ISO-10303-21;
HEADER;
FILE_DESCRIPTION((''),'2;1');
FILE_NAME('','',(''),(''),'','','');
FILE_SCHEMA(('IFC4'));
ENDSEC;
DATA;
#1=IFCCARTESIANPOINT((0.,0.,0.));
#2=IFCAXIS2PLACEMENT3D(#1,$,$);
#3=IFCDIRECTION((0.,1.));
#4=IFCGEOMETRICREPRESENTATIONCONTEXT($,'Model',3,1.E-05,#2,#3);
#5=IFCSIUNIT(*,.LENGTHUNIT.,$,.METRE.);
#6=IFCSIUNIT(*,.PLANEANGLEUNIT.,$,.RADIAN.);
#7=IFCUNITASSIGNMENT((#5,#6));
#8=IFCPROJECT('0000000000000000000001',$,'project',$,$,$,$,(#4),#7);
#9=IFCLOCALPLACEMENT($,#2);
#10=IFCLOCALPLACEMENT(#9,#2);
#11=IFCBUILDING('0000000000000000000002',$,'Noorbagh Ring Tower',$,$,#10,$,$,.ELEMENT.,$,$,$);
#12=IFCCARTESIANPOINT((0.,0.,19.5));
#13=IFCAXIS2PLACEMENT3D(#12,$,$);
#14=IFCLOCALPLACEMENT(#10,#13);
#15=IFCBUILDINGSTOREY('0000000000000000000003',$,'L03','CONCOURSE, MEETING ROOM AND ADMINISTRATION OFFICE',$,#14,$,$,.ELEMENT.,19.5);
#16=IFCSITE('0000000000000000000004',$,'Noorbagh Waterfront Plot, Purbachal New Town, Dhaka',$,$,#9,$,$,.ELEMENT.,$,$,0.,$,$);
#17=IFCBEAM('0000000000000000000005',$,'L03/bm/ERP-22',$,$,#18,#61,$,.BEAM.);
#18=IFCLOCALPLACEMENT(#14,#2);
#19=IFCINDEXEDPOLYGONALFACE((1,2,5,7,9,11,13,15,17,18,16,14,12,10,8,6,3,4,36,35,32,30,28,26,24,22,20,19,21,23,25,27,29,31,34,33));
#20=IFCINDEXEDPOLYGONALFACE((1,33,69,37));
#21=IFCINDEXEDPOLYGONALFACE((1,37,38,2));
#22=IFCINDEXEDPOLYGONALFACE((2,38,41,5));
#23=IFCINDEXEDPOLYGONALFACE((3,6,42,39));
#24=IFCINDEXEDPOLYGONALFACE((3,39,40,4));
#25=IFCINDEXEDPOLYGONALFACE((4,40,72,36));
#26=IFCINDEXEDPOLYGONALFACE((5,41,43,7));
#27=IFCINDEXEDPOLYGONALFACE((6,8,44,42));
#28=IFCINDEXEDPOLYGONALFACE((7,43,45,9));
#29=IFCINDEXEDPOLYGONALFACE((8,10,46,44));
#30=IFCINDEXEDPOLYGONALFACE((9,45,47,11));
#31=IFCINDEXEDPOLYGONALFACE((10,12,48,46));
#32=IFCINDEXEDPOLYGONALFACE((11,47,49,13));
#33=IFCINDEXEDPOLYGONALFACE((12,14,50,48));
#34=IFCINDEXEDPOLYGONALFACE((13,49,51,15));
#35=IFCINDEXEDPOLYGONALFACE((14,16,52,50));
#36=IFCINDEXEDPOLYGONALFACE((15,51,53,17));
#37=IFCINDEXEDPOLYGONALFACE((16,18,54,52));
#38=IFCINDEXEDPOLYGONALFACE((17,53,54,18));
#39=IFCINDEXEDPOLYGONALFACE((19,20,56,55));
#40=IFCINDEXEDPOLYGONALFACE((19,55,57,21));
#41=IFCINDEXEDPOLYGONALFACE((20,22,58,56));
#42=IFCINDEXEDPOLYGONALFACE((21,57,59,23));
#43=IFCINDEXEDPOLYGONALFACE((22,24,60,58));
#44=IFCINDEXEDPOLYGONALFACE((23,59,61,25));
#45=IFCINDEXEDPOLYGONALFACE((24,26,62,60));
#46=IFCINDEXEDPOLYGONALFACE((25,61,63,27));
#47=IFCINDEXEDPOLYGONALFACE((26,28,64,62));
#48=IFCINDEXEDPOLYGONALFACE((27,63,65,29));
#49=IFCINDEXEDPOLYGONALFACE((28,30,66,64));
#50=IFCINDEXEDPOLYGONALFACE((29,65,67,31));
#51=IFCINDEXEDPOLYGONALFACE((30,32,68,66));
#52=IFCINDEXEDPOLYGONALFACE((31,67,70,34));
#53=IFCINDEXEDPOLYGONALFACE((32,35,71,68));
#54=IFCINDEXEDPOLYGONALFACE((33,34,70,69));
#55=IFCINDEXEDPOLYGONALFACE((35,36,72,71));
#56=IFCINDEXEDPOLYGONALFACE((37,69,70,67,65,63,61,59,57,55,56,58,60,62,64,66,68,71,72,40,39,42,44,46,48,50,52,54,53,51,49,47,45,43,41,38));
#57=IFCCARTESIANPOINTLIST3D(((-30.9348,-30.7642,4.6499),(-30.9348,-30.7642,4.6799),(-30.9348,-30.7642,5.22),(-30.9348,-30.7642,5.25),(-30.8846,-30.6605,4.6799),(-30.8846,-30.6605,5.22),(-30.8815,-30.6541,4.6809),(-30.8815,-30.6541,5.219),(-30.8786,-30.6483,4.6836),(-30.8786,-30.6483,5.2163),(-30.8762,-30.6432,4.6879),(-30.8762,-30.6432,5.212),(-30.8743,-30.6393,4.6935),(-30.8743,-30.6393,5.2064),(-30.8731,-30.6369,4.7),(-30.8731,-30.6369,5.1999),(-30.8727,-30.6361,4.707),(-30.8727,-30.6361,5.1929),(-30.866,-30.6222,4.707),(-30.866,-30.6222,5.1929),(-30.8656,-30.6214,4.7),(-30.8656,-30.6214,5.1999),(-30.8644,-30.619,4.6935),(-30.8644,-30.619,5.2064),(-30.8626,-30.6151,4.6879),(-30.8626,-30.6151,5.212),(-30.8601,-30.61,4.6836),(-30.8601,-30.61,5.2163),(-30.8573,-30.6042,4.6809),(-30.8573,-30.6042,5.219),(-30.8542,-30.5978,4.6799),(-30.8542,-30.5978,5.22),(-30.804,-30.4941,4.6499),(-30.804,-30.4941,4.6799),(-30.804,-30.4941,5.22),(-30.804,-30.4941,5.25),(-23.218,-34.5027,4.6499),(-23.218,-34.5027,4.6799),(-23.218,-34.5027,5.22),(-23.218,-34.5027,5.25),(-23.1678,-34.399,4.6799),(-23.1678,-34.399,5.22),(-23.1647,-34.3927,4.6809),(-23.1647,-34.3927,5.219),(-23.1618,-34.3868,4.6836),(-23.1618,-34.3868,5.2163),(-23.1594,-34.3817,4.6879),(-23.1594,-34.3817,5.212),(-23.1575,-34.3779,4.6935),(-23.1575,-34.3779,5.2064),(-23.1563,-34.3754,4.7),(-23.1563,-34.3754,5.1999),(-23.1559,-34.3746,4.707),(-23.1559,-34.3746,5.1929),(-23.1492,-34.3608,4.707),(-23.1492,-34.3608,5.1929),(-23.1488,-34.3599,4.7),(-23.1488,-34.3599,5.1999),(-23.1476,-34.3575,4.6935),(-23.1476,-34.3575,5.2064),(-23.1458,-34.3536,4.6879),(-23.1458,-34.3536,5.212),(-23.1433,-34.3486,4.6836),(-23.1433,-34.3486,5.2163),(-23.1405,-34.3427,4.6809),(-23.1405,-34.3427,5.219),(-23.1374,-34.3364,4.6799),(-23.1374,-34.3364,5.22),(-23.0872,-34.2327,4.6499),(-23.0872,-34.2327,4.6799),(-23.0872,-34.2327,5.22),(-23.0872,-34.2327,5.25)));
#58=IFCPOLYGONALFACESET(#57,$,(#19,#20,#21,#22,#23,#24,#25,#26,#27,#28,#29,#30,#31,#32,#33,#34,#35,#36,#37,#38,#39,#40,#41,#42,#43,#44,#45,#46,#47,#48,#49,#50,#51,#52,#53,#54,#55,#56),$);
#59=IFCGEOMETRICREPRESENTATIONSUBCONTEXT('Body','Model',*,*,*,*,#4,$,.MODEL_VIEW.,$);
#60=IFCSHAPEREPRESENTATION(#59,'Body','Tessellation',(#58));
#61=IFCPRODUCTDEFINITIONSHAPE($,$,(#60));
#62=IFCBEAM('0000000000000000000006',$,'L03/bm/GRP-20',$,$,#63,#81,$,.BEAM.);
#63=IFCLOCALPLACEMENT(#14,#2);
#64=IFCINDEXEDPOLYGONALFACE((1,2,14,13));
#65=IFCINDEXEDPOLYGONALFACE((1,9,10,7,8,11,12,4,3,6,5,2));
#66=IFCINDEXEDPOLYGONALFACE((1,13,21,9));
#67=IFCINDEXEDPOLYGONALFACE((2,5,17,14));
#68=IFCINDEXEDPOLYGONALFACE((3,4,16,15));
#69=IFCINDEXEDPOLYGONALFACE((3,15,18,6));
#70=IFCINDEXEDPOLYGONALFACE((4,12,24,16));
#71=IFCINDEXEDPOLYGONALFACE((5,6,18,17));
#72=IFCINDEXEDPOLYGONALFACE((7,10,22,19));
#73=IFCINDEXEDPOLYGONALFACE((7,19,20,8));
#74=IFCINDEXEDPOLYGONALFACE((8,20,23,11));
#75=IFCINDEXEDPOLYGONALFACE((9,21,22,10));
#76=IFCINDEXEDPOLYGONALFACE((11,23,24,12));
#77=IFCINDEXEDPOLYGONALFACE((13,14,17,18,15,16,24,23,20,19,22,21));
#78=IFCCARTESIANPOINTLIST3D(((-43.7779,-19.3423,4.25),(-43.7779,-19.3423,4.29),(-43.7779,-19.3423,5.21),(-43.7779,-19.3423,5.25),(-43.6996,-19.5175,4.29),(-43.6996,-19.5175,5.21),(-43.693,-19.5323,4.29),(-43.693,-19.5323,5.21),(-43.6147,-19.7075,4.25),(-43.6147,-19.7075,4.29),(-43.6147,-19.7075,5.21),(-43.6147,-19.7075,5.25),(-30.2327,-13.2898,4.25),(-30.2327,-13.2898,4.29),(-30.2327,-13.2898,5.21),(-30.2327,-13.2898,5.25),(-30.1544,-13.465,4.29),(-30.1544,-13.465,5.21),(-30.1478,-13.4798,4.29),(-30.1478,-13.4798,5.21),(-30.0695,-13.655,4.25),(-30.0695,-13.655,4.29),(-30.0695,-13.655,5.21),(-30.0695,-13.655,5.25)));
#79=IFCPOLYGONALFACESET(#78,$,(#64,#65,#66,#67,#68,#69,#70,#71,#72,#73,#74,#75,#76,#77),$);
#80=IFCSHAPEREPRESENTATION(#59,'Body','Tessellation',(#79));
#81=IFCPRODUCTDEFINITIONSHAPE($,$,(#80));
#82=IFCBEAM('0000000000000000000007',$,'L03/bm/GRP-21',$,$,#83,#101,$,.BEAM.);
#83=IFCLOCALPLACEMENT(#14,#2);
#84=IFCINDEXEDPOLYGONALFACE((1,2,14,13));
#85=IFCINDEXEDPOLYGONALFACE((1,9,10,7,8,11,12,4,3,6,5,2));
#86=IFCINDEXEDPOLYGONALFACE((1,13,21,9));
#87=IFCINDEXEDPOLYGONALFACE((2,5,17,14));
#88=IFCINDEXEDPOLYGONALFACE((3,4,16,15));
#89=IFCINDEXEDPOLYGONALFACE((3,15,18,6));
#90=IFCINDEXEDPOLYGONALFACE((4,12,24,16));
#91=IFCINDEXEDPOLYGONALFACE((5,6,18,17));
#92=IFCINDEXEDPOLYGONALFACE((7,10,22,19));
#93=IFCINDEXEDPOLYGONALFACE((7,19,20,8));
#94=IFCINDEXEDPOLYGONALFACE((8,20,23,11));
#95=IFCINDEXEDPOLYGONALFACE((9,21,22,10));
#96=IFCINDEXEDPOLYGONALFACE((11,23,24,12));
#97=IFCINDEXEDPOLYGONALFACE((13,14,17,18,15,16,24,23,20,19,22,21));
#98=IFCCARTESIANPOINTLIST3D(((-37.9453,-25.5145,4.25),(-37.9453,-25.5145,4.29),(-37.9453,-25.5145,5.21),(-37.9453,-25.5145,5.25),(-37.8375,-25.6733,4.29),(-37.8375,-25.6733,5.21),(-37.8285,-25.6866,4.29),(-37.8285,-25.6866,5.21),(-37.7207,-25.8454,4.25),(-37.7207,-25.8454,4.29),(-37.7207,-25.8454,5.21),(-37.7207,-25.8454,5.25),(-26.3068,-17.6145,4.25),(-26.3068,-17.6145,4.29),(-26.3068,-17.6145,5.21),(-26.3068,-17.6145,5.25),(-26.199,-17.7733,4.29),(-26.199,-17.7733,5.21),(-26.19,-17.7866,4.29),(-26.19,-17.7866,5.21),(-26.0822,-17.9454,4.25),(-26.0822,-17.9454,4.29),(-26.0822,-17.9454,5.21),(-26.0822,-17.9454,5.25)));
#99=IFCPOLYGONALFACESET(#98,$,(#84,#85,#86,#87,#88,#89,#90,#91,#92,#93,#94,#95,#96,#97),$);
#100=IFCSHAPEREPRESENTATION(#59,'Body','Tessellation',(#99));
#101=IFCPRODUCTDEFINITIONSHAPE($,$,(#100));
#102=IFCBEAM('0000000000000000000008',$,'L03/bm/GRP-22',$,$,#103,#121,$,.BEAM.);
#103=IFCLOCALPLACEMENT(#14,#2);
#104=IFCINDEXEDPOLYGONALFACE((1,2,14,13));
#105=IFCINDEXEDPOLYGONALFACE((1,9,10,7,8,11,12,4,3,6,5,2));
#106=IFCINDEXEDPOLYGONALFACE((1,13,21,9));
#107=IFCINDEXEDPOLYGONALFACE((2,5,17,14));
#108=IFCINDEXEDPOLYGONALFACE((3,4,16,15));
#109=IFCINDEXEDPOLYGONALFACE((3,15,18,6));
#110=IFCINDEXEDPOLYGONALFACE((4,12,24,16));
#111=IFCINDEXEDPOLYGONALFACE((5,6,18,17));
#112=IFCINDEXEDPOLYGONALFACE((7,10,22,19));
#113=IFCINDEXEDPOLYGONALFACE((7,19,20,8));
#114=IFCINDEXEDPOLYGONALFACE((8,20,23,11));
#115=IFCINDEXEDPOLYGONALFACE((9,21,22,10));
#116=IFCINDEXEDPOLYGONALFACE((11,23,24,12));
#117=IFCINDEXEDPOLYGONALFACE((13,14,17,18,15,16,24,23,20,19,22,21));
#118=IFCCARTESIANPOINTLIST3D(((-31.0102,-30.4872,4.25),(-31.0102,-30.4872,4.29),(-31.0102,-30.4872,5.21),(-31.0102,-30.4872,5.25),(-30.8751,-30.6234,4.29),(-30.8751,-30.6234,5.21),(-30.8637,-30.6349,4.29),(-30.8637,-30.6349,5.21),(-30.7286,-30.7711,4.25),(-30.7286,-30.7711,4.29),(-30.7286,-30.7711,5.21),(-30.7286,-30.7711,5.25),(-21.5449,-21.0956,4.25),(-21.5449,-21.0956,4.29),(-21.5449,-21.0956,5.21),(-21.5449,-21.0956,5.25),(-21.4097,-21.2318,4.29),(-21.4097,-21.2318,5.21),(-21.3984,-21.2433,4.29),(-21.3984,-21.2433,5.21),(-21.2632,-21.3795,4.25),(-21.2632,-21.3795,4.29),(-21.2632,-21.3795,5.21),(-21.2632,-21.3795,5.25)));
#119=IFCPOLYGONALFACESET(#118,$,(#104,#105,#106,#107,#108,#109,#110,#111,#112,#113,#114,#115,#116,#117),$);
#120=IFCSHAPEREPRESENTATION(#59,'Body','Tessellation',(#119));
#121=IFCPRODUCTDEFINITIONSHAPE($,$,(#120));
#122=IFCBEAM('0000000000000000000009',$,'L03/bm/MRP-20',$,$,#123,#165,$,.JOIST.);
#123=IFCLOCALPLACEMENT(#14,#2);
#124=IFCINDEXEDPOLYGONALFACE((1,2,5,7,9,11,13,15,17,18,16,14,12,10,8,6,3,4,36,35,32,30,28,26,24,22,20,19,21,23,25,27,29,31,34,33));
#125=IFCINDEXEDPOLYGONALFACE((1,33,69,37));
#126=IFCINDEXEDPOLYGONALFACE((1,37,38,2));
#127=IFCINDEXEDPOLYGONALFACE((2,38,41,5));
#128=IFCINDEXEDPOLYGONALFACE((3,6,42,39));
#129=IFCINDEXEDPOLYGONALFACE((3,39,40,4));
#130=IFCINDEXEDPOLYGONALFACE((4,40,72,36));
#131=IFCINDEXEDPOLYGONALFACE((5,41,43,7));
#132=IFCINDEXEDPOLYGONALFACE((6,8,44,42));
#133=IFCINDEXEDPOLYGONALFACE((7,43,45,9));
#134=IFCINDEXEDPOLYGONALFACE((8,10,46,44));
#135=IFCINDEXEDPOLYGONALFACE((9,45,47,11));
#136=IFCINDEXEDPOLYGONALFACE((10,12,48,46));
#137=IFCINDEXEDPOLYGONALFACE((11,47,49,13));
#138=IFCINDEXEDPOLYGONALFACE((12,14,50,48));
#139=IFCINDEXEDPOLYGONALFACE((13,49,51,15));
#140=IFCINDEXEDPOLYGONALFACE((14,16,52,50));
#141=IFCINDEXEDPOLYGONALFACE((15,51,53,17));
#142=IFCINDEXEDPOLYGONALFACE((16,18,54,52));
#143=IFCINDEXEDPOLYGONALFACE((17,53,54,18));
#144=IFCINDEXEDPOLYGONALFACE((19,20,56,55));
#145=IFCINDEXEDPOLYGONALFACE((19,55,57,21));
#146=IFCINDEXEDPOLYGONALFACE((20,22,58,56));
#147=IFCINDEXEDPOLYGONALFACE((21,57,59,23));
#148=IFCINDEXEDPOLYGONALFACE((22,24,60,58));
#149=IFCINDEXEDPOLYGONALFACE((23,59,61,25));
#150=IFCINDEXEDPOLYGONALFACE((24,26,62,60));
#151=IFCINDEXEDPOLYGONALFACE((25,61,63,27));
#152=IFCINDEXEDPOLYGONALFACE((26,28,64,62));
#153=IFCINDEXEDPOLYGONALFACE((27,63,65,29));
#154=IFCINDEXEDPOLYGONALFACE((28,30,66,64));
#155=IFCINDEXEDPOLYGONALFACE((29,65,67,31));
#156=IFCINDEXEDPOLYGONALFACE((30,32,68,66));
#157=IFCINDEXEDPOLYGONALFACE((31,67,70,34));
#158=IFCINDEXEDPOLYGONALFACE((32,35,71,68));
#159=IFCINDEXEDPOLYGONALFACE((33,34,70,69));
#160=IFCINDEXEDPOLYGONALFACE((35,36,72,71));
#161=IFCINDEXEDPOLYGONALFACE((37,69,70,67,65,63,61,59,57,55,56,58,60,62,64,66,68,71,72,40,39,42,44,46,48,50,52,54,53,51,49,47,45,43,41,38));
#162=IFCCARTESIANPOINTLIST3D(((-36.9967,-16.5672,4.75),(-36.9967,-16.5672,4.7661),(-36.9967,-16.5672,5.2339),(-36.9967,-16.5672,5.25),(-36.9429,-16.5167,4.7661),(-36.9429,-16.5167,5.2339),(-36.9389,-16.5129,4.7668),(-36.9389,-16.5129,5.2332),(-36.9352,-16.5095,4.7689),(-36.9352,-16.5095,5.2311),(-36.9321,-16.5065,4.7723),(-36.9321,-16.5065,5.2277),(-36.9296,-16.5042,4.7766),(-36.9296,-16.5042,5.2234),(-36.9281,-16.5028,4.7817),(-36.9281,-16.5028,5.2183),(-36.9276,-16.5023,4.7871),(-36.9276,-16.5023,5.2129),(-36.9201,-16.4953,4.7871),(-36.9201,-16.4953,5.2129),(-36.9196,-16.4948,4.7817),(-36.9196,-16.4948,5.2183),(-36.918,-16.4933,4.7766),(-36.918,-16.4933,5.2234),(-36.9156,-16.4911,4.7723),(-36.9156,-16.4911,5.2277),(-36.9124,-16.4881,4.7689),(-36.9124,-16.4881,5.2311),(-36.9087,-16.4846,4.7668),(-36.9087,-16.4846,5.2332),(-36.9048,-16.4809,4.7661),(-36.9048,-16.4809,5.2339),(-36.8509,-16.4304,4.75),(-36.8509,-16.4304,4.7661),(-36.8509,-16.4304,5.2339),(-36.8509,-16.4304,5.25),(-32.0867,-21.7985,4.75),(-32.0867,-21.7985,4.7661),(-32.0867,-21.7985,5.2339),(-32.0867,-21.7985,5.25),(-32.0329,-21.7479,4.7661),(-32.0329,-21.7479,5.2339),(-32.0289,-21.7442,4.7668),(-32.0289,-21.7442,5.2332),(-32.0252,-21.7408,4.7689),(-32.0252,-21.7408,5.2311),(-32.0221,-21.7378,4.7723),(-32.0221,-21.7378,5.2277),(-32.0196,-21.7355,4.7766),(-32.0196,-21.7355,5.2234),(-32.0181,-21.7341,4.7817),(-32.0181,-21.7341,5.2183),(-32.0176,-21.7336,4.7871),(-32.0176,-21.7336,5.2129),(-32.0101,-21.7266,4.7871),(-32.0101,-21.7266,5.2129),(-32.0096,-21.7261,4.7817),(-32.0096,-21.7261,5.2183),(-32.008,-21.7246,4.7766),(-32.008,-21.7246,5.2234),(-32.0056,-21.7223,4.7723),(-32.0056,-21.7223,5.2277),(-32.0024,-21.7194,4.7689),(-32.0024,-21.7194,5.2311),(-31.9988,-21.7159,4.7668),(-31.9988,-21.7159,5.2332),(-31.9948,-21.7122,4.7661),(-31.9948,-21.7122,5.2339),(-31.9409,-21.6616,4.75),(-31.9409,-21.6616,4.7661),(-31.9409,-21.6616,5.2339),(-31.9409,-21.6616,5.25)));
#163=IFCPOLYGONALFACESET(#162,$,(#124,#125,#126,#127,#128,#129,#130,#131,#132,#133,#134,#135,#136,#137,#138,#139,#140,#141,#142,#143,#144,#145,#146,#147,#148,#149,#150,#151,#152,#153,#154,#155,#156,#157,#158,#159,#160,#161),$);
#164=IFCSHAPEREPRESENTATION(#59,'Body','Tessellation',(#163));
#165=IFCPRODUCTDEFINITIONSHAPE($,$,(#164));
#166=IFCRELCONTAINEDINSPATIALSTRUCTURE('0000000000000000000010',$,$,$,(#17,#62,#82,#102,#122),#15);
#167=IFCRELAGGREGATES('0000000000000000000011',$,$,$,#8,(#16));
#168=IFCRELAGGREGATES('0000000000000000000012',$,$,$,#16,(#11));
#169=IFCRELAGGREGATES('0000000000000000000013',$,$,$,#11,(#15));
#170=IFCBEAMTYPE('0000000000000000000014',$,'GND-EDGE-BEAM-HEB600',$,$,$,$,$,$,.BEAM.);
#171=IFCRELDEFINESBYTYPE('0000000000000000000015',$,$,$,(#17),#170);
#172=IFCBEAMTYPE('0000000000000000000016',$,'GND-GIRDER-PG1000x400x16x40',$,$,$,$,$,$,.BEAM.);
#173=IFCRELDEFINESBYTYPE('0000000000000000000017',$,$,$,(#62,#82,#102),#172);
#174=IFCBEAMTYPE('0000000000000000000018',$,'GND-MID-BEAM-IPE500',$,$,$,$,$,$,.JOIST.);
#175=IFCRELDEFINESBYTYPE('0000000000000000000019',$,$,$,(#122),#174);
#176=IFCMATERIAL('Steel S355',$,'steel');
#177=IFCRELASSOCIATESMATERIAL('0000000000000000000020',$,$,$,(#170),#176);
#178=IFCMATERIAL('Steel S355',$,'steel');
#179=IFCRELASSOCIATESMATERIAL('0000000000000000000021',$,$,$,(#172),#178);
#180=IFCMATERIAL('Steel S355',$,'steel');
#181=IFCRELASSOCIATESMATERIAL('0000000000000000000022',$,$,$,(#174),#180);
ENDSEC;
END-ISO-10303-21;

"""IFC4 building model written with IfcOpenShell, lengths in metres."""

from ifc_helpers import new_model, si_unit, direction, frame, origin, origin_2d, place, context, subcontext, project, spatial, i_section, extrude, material, material_profile, profile_set, type_object, element, save


model = new_model("IFC4")

# Units and contexts
model_context = context("Model", 3, precision=1e-05, world=origin(), true_north=direction((0.0, 1.0)))
body_context = subcontext(model_context, "Body", "Model", "MODEL_VIEW")
ifc_project = project(units=[si_unit("LENGTHUNIT", "METRE"), si_unit("PLANEANGLEUNIT", "RADIAN")], contexts=[model_context])

# Site, building, storey
site_placement = place(None, origin())
site = spatial("IfcSite", under=ifc_project, at=site_placement, Name="Noorbagh Waterfront Plot, Purbachal New Town, Dhaka", CompositionType="ELEMENT", RefElevation=0.0)
building_placement = place(site_placement, origin())
building = spatial("IfcBuilding", under=site, at=building_placement, Name="Noorbagh Ring Tower", CompositionType="ELEMENT")
storey_placement = place(building_placement, frame((0.0, 0.0, 19.5)))
storey = spatial("IfcBuildingStorey", under=building, at=storey_placement, Name="L03", Description="CONCOURSE, MEETING ROOM AND ADMINISTRATION OFFICE", CompositionType="ELEMENT", Elevation=19.5)

# Beams
ifc_material_1 = material(Name="Steel S355", Category="steel")
ifc_material_profile_1 = material_profile(ifc_material_1, i_section(OverallWidth=0.3, OverallDepth=0.6001, WebThickness=0.0154, FlangeThickness=0.03, FilletRadius=0.0271, at=origin_2d()), Name="HEB600")
ifc_profile_set_1 = profile_set([ifc_material_profile_1], Name="Steel S355")
beam_type_1 = type_object("IfcBeamType", Name="GND-EDGE-BEAM-HEB600", PredefinedType="BEAM", material=ifc_profile_set_1)
beam_1_placement = place(storey_placement, frame((-30.8694, -30.6292, 4.95), z_axis=(0.899949, -0.435995, 0.0), x_axis=(0.435995, 0.899949, 0.0)))
element("IfcBeam", 1, at=beam_1_placement, inside=storey, type_object=beam_type_1, Name="L03/bm/ERP-22", PredefinedType="BEAM", context=body_context, shape_type="SweptSolid", body=[
    extrude(i_section(OverallWidth=0.3, OverallDepth=0.6001, WebThickness=0.0154, FlangeThickness=0.03, FilletRadius=0.0271, at=origin_2d()), origin(), (0.0, 0.0, 1.0), 8.5747),
])
ifc_material_2 = material(Name="Steel S355", Category="steel")
ifc_material_profile_2 = material_profile(ifc_material_2, i_section(OverallWidth=0.3999, OverallDepth=1.0, WebThickness=0.0161, FlangeThickness=0.04, at=origin_2d()), Name="PG1000x400x16x40")
ifc_profile_set_2 = profile_set([ifc_material_profile_2], Name="Steel S355")
beam_type_2 = type_object("IfcBeamType", Name="GND-GIRDER-PG1000x400x16x40", PredefinedType="BEAM", material=ifc_profile_set_2)
beam_2_placement = place(storey_placement, frame((-43.6963, -19.5249, 4.75), z_axis=(0.912999, 0.407962, 0.0), x_axis=(-0.407962, 0.912999, 0.0)))
element("IfcBeam", 2, at=beam_2_placement, inside=storey, type_object=beam_type_2, Name="L03/bm/GRP-20", PredefinedType="BEAM", context=body_context, shape_type="SweptSolid", body=[
    extrude(i_section(OverallWidth=0.3999, OverallDepth=1.0, WebThickness=0.0161, FlangeThickness=0.04, at=origin_2d()), origin(), (0.0, 0.0, 1.0), 14.8359),
])
beam_3_placement = place(storey_placement, frame((-37.833, -25.6799, 4.75), z_axis=(0.827397, 0.561618, 0.0), x_axis=(-0.561618, 0.827397, 0.0)))
element("IfcBeam", 3, at=beam_3_placement, inside=storey, type_object=beam_type_2, Name="L03/bm/GRP-21", PredefinedType="BEAM", context=body_context, shape_type="SweptSolid", body=[
    extrude(i_section(OverallWidth=0.3999, OverallDepth=1.0, WebThickness=0.0161, FlangeThickness=0.04, at=origin_2d()), origin(), (0.0, 0.0, 1.0), 14.0664),
])
beam_4_placement = place(storey_placement, frame((-30.8694, -30.6292, 4.75), z_axis=(0.709866, 0.704337, 0.0), x_axis=(-0.704337, 0.709866, 0.0)))
element("IfcBeam", 4, at=beam_4_placement, inside=storey, type_object=beam_type_2, Name="L03/bm/GRP-22", PredefinedType="BEAM", context=body_context, shape_type="SweptSolid", body=[
    extrude(i_section(OverallWidth=0.3999, OverallDepth=1.0, WebThickness=0.0161, FlangeThickness=0.04, at=origin_2d()), origin(), (0.0, 0.0, 1.0), 13.334),
])
ifc_material_3 = material(Name="Steel S355", Category="steel")
ifc_material_profile_3 = material_profile(ifc_material_3, i_section(OverallWidth=0.2, OverallDepth=0.5, WebThickness=0.0103, FlangeThickness=0.0161, FilletRadius=0.021, at=origin_2d()), Name="IPE500")
ifc_profile_set_3 = profile_set([ifc_material_profile_3], Name="Steel S355")
beam_type_3 = type_object("IfcBeamType", Name="GND-MID-BEAM-IPE500", PredefinedType="JOIST", material=ifc_profile_set_3)
beam_5_placement = place(storey_placement, frame((-36.9238, -16.4988, 5.0), z_axis=(0.684361, -0.729143, 0.0), x_axis=(0.729143, 0.684361, 0.0)))
element("IfcBeam", 5, at=beam_5_placement, inside=storey, type_object=beam_type_3, Name="L03/bm/MRP-20", PredefinedType="JOIST", context=body_context, shape_type="SweptSolid", body=[
    extrude(i_section(OverallWidth=0.2, OverallDepth=0.5, WebThickness=0.0103, FlangeThickness=0.0161, FilletRadius=0.021, at=origin_2d()), origin(), (0.0, 0.0, 1.0), 7.1746),
])

save(model, "model.ifc")
